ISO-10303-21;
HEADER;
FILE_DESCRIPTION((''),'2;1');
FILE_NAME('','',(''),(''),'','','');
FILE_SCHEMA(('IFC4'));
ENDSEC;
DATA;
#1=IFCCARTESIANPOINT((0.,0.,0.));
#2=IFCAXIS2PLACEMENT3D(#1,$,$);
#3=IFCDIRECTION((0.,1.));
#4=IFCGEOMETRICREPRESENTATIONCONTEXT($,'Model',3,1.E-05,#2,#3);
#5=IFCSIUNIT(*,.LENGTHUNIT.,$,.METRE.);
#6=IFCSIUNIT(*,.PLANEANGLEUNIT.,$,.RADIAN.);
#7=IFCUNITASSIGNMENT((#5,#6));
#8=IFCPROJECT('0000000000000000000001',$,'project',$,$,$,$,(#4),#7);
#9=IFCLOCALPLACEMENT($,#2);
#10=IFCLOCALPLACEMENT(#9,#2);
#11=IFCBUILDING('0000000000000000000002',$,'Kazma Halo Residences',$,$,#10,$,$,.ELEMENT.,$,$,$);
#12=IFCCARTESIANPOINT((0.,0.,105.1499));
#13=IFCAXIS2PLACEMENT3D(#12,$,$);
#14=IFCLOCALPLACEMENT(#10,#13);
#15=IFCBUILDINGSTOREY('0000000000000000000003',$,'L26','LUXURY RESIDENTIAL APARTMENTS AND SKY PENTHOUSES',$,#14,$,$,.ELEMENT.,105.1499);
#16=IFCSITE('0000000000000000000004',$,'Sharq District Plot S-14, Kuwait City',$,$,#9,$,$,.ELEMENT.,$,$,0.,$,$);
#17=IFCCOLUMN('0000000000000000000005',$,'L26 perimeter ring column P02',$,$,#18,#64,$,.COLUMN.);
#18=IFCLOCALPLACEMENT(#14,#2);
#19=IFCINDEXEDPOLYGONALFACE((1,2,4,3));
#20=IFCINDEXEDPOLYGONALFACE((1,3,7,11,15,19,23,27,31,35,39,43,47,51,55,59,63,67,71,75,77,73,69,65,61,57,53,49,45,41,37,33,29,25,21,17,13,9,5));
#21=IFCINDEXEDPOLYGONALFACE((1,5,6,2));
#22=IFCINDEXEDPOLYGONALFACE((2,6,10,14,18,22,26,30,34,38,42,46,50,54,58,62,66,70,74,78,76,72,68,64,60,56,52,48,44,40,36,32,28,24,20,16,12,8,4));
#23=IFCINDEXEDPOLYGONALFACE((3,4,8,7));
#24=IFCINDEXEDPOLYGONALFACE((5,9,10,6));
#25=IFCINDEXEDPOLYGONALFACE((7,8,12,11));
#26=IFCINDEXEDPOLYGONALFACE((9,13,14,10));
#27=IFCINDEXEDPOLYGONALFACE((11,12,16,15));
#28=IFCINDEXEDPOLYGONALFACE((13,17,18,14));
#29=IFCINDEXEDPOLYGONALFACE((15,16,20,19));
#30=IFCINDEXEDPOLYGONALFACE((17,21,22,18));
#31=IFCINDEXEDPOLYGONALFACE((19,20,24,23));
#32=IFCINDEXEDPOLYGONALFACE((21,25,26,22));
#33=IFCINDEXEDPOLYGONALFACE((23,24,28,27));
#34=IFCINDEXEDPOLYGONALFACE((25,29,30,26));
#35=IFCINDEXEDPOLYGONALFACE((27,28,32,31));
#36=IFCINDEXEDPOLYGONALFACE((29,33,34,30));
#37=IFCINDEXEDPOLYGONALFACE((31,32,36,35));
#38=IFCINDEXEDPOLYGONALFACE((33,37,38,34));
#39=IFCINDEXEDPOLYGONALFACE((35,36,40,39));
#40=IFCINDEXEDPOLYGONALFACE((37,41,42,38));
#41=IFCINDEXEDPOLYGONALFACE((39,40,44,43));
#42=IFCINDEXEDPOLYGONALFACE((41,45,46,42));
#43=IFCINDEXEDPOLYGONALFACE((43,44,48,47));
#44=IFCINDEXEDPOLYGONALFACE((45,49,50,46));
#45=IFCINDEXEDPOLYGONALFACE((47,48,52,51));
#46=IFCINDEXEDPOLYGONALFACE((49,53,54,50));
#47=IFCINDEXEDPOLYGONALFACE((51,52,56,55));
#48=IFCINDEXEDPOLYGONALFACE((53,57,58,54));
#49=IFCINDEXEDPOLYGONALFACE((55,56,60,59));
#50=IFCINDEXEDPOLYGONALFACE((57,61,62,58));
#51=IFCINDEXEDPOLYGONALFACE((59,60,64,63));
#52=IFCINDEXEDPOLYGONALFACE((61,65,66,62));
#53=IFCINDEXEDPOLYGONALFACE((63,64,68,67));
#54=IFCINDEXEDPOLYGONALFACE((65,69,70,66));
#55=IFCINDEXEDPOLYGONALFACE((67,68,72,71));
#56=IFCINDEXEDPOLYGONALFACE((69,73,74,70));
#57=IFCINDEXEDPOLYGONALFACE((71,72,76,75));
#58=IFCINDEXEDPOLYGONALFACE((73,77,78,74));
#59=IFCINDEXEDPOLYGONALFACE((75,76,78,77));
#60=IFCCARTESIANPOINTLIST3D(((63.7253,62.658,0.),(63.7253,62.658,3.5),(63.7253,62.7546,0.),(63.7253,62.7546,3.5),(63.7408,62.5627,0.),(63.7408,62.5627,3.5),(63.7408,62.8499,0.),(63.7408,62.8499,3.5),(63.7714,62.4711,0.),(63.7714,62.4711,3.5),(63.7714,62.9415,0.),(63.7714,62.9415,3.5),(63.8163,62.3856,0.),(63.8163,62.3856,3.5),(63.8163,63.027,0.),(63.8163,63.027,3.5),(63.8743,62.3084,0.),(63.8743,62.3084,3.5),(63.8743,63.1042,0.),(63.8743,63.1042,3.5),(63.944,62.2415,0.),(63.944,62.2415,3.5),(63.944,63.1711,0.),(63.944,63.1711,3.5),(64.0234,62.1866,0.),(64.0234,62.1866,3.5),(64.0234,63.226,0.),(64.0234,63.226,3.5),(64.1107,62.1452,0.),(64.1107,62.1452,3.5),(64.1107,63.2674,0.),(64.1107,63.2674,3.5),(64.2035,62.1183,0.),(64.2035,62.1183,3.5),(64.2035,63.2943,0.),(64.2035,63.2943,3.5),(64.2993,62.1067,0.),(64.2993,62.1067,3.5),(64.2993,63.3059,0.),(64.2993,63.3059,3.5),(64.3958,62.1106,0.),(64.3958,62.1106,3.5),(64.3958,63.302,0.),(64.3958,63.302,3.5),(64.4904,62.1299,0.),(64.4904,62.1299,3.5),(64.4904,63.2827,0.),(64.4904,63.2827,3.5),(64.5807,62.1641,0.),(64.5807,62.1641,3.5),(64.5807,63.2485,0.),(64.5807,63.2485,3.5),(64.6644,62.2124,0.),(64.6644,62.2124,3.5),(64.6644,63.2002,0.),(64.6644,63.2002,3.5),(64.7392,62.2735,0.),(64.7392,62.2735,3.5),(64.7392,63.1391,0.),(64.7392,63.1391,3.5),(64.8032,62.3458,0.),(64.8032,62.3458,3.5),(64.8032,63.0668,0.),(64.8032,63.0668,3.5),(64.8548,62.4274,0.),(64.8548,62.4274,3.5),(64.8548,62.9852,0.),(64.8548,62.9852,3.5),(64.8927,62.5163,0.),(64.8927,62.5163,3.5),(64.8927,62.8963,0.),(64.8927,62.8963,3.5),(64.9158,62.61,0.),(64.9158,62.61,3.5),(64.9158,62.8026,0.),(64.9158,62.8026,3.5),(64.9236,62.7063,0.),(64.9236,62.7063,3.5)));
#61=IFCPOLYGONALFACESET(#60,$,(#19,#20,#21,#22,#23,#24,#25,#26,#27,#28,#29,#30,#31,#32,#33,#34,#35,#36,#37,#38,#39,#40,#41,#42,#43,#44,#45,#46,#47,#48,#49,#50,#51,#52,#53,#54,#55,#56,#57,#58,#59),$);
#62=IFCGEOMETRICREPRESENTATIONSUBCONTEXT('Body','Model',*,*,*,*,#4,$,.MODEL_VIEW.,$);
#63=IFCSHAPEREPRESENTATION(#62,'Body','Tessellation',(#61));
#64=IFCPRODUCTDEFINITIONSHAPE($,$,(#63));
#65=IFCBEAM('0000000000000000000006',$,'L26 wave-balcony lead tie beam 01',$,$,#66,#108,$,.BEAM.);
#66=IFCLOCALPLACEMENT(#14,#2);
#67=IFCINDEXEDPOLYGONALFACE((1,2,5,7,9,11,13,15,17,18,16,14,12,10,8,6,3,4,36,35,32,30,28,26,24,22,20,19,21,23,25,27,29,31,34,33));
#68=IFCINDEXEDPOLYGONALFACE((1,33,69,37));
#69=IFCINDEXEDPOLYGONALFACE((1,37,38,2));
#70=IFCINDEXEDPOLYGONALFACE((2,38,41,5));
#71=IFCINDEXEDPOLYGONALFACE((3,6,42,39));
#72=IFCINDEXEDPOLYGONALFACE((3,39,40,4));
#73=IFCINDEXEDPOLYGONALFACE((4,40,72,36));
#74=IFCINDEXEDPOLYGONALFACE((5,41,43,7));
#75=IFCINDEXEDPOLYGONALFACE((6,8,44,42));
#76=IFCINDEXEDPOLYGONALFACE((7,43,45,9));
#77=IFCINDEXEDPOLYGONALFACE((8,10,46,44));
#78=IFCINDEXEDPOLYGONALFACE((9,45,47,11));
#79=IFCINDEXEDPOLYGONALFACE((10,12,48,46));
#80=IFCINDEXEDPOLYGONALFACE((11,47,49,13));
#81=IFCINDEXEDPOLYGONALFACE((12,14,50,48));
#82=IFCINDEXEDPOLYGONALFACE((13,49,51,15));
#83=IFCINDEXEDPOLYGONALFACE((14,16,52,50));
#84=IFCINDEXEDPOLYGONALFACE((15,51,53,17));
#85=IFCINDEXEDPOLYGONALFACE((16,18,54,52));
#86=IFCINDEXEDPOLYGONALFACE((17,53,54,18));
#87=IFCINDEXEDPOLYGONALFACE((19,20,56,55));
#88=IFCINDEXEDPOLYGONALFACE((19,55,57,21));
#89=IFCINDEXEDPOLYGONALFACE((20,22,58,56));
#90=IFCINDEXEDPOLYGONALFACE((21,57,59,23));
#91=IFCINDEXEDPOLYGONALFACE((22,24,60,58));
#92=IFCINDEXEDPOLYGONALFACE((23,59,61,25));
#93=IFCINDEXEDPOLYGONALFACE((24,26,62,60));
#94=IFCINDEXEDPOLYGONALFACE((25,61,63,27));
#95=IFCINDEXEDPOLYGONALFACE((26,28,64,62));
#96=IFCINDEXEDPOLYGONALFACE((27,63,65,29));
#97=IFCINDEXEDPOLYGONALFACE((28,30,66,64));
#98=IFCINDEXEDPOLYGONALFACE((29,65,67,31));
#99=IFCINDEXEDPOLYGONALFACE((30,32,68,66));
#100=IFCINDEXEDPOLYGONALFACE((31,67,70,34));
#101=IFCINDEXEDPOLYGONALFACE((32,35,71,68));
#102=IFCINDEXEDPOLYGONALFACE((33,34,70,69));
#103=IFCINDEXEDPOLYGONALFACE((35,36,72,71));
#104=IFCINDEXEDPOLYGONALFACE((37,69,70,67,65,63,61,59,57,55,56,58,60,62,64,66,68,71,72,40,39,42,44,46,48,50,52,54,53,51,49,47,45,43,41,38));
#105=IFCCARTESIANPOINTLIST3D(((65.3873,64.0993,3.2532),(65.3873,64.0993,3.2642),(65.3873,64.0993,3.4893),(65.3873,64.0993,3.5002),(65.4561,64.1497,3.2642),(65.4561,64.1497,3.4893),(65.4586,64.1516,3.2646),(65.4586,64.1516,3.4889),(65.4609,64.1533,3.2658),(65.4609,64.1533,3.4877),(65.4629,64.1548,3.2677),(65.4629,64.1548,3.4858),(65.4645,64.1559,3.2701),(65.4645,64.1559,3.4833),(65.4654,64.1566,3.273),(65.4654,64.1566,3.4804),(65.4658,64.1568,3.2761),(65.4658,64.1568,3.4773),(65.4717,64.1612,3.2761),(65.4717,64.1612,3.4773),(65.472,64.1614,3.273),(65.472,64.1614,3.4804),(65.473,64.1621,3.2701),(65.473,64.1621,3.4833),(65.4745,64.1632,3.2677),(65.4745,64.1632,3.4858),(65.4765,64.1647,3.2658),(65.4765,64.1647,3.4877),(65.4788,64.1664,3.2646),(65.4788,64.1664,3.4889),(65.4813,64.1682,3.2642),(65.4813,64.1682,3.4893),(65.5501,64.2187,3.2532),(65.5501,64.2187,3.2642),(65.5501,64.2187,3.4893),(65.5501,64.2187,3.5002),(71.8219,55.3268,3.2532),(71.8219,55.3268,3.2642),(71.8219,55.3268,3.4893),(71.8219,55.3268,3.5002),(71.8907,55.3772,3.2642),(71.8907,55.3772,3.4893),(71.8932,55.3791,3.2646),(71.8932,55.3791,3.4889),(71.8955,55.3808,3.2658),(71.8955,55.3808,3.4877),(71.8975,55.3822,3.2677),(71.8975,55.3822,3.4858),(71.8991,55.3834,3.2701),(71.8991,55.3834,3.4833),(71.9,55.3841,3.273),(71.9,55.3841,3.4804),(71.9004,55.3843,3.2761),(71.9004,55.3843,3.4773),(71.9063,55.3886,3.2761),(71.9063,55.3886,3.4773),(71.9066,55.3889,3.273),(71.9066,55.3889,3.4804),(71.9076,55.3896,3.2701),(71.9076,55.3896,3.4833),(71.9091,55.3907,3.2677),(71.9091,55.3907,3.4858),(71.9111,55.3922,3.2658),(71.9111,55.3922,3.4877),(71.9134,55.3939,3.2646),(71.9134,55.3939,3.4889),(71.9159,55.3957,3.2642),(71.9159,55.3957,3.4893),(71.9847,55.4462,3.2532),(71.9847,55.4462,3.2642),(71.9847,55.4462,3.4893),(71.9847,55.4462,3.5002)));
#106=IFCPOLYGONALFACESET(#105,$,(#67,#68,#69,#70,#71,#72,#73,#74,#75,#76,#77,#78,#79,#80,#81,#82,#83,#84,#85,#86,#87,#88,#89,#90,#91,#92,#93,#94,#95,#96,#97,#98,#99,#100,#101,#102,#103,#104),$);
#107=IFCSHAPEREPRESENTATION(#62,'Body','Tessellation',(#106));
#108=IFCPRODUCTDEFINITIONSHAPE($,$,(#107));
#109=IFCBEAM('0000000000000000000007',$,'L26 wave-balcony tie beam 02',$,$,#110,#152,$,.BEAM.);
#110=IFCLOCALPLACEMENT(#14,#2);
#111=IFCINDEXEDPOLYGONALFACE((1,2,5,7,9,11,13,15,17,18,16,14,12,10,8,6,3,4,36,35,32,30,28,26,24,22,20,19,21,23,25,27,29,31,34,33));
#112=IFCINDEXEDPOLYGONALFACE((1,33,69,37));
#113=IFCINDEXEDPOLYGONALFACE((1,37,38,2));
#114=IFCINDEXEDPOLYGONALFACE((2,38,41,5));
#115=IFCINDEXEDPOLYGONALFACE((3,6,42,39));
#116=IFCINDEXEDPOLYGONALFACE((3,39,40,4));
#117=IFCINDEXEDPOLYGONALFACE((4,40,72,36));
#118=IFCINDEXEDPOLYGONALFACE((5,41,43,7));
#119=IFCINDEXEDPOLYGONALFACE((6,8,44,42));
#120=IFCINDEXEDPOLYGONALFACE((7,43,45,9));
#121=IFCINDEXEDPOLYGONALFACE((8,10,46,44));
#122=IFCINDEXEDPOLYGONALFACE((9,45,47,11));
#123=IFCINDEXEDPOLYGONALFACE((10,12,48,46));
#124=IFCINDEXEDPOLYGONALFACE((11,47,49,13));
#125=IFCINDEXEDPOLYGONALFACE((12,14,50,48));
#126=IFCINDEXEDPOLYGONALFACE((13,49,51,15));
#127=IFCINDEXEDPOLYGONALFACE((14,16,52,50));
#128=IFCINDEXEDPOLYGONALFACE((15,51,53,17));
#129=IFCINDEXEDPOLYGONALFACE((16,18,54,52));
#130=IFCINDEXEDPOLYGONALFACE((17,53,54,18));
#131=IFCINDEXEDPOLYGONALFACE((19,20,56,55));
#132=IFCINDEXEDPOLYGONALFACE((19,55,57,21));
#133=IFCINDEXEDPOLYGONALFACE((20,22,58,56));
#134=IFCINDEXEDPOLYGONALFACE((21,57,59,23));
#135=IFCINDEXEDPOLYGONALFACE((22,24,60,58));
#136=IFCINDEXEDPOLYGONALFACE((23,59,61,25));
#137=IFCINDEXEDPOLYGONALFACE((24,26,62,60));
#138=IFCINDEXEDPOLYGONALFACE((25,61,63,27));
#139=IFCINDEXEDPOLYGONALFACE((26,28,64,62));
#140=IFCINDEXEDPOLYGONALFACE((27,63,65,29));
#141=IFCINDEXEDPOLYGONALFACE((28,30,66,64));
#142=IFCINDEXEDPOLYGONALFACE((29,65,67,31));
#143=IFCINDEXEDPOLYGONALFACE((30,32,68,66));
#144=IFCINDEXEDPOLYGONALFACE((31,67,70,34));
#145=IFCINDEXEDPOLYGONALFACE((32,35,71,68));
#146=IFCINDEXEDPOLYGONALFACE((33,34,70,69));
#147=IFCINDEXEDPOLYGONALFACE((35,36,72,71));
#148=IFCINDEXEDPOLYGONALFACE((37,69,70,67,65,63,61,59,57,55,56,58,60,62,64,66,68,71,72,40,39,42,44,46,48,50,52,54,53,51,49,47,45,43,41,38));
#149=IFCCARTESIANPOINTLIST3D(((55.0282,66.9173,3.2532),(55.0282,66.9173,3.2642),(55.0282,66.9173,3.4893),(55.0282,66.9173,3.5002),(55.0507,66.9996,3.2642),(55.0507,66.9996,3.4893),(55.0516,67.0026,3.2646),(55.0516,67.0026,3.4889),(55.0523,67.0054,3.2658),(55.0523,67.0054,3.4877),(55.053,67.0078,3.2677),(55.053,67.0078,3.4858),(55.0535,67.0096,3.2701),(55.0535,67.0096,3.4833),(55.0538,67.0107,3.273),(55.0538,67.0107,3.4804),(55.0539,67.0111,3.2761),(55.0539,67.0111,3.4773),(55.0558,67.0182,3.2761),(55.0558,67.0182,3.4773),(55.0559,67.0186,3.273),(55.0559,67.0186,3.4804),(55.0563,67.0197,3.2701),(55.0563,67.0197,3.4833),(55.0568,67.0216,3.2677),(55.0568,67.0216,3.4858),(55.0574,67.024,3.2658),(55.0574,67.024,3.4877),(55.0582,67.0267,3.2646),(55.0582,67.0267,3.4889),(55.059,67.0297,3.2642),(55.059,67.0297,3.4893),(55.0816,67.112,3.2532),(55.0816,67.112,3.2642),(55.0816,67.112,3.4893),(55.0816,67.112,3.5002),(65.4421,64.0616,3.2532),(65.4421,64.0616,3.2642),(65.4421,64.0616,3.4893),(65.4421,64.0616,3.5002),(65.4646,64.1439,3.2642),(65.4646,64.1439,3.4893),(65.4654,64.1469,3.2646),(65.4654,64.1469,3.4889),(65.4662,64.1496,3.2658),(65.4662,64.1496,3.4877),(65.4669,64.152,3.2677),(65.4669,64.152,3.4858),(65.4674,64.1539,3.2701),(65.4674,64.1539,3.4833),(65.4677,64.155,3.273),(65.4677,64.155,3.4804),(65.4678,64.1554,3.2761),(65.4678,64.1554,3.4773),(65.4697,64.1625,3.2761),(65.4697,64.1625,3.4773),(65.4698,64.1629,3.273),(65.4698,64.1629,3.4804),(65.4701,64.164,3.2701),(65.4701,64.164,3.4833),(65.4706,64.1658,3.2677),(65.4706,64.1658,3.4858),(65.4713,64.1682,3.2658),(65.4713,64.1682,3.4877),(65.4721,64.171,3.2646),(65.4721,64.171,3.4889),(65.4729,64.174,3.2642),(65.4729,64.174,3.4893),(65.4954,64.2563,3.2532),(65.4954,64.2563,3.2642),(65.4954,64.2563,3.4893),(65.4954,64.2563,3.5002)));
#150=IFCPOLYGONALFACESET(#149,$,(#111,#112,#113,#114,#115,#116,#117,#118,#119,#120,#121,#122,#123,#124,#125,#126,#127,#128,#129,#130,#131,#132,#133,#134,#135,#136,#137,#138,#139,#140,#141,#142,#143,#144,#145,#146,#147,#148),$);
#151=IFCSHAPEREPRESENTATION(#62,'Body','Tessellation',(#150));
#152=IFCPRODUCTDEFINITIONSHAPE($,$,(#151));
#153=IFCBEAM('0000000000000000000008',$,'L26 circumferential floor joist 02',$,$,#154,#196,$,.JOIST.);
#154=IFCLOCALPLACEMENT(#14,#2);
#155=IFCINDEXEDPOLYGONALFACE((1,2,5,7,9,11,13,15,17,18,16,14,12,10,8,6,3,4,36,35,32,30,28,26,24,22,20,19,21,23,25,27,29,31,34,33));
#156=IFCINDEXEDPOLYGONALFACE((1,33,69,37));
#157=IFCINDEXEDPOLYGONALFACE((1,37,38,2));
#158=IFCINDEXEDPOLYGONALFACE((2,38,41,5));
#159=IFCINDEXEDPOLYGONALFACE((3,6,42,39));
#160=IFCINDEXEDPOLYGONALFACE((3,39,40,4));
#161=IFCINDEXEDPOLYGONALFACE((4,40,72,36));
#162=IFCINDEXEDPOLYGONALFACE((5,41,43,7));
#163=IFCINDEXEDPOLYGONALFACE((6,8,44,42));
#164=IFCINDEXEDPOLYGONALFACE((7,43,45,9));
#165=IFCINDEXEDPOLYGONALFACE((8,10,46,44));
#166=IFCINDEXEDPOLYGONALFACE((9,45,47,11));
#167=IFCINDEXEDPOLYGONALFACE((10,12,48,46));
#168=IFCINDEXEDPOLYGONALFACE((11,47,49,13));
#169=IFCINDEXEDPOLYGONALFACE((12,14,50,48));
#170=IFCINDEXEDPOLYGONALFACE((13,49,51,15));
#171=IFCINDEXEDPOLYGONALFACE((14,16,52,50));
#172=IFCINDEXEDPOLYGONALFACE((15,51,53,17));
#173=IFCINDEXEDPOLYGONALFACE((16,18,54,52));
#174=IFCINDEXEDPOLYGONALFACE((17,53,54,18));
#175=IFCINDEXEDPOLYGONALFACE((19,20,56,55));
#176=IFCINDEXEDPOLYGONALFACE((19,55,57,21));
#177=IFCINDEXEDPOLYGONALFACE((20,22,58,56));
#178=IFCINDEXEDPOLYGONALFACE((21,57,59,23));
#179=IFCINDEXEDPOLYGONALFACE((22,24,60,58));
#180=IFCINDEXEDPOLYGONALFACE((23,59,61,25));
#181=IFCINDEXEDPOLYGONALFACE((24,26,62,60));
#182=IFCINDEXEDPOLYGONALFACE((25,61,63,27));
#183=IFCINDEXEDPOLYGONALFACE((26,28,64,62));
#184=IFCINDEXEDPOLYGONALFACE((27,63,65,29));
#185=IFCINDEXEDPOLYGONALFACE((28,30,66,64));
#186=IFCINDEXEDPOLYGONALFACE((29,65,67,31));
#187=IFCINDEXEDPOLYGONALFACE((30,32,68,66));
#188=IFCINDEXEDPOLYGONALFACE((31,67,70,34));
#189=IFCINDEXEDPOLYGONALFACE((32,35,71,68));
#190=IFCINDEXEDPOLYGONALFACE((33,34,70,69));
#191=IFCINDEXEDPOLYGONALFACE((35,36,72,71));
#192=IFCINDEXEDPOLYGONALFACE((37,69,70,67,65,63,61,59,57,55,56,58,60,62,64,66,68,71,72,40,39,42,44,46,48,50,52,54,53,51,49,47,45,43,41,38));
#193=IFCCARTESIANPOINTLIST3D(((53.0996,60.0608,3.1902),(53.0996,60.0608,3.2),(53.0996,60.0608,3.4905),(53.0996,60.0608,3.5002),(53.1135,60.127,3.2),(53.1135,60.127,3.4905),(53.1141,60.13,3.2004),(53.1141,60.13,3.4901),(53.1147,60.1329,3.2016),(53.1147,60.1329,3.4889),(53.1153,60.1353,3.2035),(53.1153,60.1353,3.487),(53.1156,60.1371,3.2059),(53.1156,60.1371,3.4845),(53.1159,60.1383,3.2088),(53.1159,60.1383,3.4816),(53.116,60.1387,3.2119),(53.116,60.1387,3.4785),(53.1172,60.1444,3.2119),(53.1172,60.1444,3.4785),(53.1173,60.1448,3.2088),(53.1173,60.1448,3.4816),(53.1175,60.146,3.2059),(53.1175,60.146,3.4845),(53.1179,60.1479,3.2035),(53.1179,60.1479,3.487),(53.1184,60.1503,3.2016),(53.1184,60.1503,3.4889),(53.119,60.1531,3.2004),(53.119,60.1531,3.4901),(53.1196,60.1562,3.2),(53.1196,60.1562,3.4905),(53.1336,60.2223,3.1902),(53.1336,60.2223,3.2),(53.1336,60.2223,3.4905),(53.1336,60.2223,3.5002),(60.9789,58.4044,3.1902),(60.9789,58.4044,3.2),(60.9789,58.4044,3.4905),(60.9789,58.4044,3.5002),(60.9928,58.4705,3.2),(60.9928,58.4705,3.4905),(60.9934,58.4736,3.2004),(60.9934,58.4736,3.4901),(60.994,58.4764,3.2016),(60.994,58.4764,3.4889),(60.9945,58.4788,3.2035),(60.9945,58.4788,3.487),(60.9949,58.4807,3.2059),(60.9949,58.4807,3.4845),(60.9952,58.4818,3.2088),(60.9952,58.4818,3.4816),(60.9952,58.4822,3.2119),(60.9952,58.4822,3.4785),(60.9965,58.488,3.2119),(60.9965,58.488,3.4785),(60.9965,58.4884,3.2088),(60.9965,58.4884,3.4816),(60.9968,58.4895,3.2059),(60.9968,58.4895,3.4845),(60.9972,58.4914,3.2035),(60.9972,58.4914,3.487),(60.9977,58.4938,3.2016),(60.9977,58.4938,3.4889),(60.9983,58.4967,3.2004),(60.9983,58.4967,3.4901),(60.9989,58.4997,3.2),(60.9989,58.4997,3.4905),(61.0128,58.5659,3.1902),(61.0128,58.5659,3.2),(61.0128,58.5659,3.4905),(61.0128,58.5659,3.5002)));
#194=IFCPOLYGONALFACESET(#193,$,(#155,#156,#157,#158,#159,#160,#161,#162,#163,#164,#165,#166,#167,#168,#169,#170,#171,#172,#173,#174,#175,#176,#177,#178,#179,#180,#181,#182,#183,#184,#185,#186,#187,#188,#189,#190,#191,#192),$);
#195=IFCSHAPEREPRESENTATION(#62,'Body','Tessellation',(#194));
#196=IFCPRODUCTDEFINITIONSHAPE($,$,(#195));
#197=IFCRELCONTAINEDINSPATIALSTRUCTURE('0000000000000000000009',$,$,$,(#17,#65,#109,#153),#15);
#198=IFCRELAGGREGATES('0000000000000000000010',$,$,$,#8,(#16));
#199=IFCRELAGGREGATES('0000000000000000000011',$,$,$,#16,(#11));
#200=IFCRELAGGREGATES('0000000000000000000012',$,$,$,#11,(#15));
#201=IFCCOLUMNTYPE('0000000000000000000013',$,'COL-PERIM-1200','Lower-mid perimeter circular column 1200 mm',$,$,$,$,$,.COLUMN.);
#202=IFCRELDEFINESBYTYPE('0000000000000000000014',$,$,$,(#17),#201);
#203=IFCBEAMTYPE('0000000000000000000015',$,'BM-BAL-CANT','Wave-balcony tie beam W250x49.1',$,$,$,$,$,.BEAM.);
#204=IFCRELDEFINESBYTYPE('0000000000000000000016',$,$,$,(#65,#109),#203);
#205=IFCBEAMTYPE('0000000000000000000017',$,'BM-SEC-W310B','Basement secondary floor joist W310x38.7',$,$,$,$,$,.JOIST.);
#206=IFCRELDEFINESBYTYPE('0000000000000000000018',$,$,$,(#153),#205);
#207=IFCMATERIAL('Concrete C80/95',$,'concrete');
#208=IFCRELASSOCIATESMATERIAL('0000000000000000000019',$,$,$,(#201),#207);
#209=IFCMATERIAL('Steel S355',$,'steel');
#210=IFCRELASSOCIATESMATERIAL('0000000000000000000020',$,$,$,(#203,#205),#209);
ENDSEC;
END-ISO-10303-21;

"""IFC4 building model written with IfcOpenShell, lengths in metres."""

from ifc_helpers import new_model, si_unit, direction, frame, origin, origin_2d, place, context, subcontext, project, spatial, circle, i_section, extrude, material, material_profile, profile_set, type_object, element, save


model = new_model("IFC4")

# Units and contexts
model_context = context("Model", 3, precision=1e-05, world=origin(), true_north=direction((0.0, 1.0)))
body_context = subcontext(model_context, "Body", "Model", "MODEL_VIEW")
ifc_project = project(units=[si_unit("LENGTHUNIT", "METRE"), si_unit("PLANEANGLEUNIT", "RADIAN")], contexts=[model_context])

# Site, building, storey
site_placement = place(None, origin())
site = spatial("IfcSite", under=ifc_project, at=site_placement, Name="Sharq District Plot S-14, Kuwait City", CompositionType="ELEMENT", RefElevation=0.0)
building_placement = place(site_placement, origin())
building = spatial("IfcBuilding", under=site, at=building_placement, Name="Kazma Halo Residences", CompositionType="ELEMENT")
storey_placement = place(building_placement, frame((0.0, 0.0, 105.1499)))
storey = spatial("IfcBuildingStorey", under=building, at=storey_placement, Name="L26", Description="LUXURY RESIDENTIAL APARTMENTS AND SKY PENTHOUSES", CompositionType="ELEMENT", Elevation=105.1499)

# Column
ifc_material_1 = material(Name="Concrete C80/95", Category="concrete")
ifc_material_profile_1 = material_profile(ifc_material_1, circle(Radius=0.6001, at=origin_2d()), Name="CIRC1200")
ifc_profile_set_1 = profile_set([ifc_material_profile_1], Name="Concrete C80/95")
column_type = type_object("IfcColumnType", Name="COL-PERIM-1200", Description="Lower-mid perimeter circular column 1200 mm", PredefinedType="COLUMN", material=ifc_profile_set_1)
column_placement = place(storey_placement, frame((64.3235, 62.7063, 0.0), z_axis=(0.0, 0.0, 1.0), x_axis=(1.0, 0.0, 0.0)))
element("IfcColumn", 1, at=column_placement, inside=storey, type_object=column_type, Name="L26 perimeter ring column P02", PredefinedType="COLUMN", context=body_context, shape_type="SweptSolid", body=[
    extrude(circle(Radius=0.6001, at=origin_2d()), origin(), (0.0, 0.0, 1.0), 3.5),
])

# Beams
ifc_material_2 = material(Name="Steel S355", Category="steel")
ifc_material_profile_2 = material_profile(ifc_material_2, i_section(OverallWidth=0.2019, OverallDepth=0.2471, WebThickness=0.0073, FlangeThickness=0.011, FilletRadius=0.012, at=origin_2d()), Name="W250x49.1")
ifc_profile_set_2 = profile_set([ifc_material_profile_2], Name="Steel S355")
beam_type_1 = type_object("IfcBeamType", Name="BM-BAL-CANT", Description="Wave-balcony tie beam W250x49.1", PredefinedType="BEAM", material=ifc_profile_set_2)
beam_1_placement = place(storey_placement, frame((71.9033, 55.3865, 3.3767), z_axis=(-0.591449, 0.806342, 0.0), x_axis=(-0.806342, -0.591449, 0.0)))
element("IfcBeam", 2, at=beam_1_placement, inside=storey, type_object=beam_type_1, Name="L26 wave-balcony lead tie beam 01", PredefinedType="BEAM", context=body_context, shape_type="SweptSolid", body=[
    extrude(i_section(OverallWidth=0.2019, OverallDepth=0.2471, WebThickness=0.0073, FlangeThickness=0.011, FilletRadius=0.012, at=origin_2d()), origin(), (0.0, 0.0, 1.0), 10.8794),
])
beam_2_placement = place(storey_placement, frame((65.4688, 64.1589, 3.3767), z_axis=(-0.964397, 0.26446, 0.0), x_axis=(-0.26446, -0.964397, 0.0)))
element("IfcBeam", 3, at=beam_2_placement, inside=storey, type_object=beam_type_1, Name="L26 wave-balcony tie beam 02", PredefinedType="BEAM", context=body_context, shape_type="SweptSolid", body=[
    extrude(i_section(OverallWidth=0.2019, OverallDepth=0.2471, WebThickness=0.0073, FlangeThickness=0.011, FilletRadius=0.012, at=origin_2d()), origin(), (0.0, 0.0, 1.0), 10.7983),
])
ifc_material_profile_3 = material_profile(ifc_material_2, i_section(OverallWidth=0.165, OverallDepth=0.3101, WebThickness=0.0059, FlangeThickness=0.0098, FilletRadius=0.012, at=origin_2d()), Name="W310x38.7")
ifc_profile_set_3 = profile_set([ifc_material_profile_3], Name="Steel S355")
beam_type_2 = type_object("IfcBeamType", Name="BM-SEC-W310B", Description="Basement secondary floor joist W310x38.7", PredefinedType="JOIST", material=ifc_profile_set_3)
beam_3_placement = place(storey_placement, frame((60.9958, 58.4851, 3.3452), z_axis=(-0.978608, 0.205734, 0.0), x_axis=(-0.205734, -0.978608, 0.0)))
element("IfcBeam", 4, at=beam_3_placement, inside=storey, type_object=beam_type_2, Name="L26 circumferential floor joist 02", PredefinedType="JOIST", context=body_context, shape_type="SweptSolid", body=[
    extrude(i_section(OverallWidth=0.165, OverallDepth=0.3101, WebThickness=0.0059, FlangeThickness=0.0098, FilletRadius=0.012, at=origin_2d()), origin(), (0.0, 0.0, 1.0), 8.0515),
])

save(model, "model.ifc")
